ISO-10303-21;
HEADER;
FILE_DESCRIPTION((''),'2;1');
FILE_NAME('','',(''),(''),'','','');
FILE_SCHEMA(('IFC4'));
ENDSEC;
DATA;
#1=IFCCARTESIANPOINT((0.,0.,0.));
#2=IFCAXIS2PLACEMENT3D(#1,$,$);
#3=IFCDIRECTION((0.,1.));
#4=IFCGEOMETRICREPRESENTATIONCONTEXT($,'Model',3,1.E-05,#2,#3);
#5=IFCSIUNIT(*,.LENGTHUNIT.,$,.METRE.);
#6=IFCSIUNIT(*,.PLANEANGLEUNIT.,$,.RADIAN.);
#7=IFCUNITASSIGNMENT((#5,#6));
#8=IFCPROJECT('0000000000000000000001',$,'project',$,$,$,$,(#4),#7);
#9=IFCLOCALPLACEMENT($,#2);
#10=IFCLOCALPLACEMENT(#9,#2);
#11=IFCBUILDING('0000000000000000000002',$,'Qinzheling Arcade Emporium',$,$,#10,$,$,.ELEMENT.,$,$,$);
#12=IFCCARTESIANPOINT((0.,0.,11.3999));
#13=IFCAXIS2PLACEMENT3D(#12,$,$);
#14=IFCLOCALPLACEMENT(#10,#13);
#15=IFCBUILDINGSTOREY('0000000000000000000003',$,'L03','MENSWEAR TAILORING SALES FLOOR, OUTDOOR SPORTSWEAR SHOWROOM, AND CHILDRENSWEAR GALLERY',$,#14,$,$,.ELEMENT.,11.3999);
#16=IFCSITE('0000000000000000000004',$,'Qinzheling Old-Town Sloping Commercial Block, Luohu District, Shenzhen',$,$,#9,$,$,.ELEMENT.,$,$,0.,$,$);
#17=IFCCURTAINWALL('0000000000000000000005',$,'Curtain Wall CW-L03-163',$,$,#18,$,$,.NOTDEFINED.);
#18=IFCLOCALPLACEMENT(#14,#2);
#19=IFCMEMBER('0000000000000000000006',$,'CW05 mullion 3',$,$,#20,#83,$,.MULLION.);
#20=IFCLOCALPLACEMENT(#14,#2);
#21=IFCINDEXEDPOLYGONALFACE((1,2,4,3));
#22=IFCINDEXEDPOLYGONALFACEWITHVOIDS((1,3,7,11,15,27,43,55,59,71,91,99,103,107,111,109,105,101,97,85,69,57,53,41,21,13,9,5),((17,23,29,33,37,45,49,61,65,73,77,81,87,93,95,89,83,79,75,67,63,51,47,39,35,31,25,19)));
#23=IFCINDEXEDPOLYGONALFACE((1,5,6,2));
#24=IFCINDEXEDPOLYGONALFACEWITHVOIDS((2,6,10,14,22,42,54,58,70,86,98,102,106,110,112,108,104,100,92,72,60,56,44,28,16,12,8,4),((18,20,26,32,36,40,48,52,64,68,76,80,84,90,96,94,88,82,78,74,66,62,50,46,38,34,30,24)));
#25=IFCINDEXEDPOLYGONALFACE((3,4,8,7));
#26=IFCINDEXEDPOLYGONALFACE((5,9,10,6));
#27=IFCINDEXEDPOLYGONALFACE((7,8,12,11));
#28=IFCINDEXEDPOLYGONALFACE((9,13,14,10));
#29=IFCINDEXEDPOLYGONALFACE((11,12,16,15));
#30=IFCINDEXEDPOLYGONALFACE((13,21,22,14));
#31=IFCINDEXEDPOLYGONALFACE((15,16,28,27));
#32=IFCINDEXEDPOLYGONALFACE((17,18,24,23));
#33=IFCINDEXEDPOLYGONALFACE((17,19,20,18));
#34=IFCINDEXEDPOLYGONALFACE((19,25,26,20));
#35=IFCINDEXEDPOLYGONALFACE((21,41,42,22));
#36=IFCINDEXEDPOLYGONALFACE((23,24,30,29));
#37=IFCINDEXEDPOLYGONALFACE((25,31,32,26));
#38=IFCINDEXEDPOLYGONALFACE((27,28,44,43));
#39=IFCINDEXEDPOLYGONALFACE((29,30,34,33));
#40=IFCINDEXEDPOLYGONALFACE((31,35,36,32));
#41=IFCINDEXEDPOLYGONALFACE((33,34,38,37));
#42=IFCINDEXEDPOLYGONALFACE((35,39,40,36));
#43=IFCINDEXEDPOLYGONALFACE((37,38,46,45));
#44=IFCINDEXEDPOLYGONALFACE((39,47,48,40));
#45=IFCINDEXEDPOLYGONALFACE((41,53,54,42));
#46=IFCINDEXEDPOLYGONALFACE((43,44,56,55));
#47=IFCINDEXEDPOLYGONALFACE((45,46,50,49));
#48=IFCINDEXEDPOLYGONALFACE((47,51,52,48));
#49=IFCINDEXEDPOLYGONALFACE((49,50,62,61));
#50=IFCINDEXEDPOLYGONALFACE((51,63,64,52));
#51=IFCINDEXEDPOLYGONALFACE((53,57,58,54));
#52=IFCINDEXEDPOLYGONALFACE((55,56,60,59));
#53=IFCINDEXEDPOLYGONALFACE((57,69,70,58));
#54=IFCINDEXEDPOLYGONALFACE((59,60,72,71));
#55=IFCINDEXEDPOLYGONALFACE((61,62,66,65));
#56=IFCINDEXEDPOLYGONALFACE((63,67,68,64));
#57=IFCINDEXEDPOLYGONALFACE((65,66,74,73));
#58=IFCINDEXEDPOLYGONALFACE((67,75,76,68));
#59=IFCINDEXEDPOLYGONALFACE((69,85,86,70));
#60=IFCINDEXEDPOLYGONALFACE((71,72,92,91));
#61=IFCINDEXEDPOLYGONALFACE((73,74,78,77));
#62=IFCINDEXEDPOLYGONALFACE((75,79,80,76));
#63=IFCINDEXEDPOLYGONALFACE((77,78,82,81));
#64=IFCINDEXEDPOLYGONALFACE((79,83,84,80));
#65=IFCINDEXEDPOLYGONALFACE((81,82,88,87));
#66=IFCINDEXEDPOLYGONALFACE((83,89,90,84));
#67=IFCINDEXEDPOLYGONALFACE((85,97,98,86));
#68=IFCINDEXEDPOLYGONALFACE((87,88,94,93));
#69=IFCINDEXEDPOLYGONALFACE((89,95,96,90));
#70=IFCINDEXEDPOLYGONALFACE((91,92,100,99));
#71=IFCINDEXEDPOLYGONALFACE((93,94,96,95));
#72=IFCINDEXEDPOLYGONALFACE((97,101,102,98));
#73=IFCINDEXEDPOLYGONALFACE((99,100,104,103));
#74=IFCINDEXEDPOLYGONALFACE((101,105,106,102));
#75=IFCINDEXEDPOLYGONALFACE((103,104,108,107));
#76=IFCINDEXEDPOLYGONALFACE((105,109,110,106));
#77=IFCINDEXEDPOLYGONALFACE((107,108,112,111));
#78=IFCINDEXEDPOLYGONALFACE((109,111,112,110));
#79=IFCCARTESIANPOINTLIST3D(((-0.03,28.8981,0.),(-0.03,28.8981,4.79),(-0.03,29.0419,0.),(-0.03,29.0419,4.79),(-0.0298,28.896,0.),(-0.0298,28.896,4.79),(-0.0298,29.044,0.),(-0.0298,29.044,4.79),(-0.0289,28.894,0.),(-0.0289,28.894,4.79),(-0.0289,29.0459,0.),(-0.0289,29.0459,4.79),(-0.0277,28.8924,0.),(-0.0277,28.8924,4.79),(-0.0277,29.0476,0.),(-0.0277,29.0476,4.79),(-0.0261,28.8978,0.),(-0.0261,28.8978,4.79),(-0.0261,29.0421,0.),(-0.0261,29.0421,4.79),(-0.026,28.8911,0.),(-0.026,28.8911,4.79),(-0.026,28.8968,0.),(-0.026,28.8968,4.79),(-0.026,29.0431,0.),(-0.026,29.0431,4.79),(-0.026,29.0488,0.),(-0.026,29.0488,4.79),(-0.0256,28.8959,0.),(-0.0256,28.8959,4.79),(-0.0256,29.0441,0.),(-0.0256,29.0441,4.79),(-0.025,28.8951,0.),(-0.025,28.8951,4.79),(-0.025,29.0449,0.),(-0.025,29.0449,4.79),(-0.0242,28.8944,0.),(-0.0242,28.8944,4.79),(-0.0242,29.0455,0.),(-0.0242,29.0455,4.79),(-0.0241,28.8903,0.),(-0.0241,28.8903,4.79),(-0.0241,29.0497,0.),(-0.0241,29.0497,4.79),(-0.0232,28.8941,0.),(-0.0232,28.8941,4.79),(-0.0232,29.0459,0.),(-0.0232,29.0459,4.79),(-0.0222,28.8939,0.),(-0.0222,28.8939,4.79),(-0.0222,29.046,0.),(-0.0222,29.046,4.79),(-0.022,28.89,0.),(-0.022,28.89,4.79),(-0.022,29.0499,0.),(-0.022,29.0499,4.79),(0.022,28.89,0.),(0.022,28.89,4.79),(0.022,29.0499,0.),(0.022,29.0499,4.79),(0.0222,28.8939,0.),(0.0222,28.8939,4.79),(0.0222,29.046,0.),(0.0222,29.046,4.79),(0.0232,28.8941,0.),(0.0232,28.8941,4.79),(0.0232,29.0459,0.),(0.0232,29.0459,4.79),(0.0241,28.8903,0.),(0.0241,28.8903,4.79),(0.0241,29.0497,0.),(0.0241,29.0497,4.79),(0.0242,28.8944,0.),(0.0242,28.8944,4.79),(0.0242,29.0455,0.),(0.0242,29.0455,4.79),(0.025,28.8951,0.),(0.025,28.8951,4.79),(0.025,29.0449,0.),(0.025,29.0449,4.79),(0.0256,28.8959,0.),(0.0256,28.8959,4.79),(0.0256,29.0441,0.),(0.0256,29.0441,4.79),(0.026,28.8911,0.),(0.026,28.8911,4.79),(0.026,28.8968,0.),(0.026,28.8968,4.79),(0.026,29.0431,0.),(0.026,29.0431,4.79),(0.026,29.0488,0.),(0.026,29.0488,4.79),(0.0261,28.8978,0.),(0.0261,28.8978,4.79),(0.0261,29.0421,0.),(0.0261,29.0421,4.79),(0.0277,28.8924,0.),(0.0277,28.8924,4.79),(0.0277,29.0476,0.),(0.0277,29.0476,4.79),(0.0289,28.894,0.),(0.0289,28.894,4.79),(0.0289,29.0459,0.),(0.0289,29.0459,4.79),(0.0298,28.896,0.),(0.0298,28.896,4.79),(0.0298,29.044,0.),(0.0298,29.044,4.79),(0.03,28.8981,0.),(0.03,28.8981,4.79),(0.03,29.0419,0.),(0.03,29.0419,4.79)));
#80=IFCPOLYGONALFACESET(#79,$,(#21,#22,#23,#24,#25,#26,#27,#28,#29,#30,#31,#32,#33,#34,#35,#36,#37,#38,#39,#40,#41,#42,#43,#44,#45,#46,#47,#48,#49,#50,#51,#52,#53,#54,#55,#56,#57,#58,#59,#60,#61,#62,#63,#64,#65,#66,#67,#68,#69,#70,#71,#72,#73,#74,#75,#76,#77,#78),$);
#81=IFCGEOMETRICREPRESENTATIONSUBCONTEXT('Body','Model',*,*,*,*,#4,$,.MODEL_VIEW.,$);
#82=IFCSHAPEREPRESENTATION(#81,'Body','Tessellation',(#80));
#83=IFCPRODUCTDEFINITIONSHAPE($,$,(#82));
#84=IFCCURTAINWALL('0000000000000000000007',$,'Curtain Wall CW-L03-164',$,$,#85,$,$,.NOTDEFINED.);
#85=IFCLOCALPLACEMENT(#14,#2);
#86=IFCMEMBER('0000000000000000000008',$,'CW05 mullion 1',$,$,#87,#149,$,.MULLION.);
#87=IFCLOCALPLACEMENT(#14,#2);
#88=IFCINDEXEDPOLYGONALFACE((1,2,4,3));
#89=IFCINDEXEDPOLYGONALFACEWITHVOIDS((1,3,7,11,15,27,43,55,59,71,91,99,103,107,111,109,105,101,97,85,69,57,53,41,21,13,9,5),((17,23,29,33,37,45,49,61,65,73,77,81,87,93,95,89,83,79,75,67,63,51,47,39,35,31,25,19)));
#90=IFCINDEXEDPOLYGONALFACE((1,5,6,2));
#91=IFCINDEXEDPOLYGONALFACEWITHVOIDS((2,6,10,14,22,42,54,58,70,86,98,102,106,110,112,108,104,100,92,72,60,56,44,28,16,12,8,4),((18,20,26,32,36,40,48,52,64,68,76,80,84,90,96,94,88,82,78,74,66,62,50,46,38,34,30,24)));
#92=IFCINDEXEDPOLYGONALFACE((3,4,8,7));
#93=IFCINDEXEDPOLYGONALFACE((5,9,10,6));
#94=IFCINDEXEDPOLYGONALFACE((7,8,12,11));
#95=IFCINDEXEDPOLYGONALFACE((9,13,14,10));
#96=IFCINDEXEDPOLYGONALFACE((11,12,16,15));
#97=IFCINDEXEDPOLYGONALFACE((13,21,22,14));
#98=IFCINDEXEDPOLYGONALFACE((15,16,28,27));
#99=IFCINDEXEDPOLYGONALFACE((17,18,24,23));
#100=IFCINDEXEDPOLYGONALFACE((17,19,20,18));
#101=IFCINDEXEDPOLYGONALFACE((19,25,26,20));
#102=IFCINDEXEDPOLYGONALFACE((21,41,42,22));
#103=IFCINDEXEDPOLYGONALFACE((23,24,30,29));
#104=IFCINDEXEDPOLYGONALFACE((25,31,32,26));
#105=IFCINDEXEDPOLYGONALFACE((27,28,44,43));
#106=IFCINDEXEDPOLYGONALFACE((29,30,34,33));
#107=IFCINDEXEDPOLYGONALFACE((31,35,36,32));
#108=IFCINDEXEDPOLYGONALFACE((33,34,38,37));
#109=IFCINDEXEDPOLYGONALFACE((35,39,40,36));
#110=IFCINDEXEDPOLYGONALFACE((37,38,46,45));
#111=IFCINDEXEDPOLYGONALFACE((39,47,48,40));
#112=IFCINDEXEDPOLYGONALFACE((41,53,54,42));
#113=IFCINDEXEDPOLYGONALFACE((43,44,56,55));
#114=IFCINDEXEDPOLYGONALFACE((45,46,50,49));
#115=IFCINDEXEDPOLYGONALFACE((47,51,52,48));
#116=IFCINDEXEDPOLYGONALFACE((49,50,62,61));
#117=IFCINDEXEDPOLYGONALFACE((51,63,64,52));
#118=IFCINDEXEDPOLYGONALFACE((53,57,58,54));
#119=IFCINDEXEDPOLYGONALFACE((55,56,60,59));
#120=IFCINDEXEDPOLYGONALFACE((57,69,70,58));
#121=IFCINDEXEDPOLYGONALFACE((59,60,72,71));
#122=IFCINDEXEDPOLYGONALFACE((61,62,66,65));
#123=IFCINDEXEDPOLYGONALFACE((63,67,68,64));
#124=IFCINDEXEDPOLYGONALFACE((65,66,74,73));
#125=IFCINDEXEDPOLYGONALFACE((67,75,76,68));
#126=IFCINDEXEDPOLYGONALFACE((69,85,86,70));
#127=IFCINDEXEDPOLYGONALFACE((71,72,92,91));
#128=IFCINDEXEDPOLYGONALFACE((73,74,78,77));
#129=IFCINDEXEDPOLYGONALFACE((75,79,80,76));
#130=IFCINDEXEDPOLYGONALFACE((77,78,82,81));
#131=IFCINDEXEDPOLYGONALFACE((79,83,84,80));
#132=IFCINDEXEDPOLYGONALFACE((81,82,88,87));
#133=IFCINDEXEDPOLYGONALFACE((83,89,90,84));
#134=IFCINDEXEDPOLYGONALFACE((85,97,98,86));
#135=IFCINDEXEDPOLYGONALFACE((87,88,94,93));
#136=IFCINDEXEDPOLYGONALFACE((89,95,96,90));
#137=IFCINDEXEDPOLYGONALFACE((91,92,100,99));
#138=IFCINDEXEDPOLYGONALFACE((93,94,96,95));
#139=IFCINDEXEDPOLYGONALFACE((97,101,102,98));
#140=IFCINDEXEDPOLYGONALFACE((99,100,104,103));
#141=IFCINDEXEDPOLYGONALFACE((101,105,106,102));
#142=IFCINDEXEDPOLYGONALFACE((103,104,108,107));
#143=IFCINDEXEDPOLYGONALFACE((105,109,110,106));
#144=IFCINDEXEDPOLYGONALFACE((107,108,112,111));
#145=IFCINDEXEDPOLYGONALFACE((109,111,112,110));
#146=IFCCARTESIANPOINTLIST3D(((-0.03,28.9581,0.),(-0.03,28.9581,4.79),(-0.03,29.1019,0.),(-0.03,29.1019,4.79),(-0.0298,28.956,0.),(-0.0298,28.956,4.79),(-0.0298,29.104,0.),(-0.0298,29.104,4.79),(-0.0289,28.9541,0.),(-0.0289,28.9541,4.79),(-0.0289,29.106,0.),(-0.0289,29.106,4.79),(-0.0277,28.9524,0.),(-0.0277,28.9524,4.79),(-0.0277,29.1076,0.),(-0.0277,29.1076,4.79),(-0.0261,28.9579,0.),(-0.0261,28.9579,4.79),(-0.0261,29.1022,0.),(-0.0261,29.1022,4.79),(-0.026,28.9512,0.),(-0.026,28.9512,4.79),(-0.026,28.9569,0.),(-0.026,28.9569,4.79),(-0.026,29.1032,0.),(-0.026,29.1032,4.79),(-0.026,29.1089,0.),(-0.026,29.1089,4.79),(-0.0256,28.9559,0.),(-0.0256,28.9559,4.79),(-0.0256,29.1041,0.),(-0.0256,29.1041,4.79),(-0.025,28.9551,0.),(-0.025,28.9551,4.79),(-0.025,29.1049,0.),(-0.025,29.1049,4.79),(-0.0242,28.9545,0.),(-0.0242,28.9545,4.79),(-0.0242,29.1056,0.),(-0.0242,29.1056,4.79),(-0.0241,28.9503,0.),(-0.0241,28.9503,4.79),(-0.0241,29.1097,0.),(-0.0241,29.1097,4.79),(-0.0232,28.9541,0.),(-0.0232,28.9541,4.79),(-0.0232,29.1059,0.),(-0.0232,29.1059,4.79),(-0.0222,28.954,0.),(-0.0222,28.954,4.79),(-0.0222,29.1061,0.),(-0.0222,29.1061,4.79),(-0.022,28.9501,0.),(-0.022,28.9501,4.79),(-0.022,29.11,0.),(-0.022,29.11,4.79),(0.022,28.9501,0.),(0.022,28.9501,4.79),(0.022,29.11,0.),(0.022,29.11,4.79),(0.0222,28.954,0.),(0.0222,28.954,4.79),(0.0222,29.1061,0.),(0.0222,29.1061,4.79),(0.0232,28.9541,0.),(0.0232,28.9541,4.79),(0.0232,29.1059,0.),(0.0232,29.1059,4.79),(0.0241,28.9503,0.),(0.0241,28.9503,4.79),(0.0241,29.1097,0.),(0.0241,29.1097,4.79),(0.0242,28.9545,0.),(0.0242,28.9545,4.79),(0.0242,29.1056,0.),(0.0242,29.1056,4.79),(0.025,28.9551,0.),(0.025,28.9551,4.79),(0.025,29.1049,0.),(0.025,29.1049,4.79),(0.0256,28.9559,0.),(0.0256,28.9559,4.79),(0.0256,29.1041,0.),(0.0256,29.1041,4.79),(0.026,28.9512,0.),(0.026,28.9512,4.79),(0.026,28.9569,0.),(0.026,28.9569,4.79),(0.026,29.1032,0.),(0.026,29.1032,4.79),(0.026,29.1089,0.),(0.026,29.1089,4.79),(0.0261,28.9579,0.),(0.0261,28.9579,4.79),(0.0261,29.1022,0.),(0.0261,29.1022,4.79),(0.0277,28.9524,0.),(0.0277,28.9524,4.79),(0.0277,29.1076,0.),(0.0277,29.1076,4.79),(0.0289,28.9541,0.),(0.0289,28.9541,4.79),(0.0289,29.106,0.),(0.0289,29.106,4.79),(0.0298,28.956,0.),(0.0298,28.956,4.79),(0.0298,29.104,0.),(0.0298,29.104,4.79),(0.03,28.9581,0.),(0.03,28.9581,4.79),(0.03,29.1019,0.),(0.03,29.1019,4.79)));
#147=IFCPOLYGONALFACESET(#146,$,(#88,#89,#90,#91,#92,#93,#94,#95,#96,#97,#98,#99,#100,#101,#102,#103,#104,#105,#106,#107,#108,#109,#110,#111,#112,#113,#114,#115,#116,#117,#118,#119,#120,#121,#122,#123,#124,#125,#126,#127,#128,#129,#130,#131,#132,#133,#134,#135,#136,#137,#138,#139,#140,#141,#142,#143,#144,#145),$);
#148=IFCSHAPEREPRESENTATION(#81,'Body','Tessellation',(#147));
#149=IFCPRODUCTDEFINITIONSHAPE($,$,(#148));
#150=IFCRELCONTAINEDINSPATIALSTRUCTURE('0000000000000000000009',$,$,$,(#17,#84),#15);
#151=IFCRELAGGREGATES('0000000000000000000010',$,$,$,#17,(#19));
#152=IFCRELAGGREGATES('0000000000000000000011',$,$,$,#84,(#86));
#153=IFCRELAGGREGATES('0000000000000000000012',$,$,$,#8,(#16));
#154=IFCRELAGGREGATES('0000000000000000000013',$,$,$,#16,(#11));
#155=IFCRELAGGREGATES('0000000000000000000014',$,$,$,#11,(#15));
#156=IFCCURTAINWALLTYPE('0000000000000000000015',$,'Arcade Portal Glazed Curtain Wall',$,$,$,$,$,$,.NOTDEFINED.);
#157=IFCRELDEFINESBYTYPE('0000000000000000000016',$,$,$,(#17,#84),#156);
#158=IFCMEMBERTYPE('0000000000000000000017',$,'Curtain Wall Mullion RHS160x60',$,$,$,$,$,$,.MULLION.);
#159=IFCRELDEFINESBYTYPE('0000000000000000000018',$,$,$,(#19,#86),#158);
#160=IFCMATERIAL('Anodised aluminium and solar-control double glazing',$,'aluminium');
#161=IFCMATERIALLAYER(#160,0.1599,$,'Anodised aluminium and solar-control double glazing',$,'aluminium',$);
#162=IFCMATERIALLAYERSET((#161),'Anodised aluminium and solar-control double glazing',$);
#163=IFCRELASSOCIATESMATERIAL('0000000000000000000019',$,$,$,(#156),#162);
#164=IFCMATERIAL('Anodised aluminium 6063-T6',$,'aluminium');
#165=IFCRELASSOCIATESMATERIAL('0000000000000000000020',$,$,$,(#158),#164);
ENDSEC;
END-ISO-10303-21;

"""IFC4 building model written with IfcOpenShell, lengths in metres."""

from ifc_helpers import new_model, si_unit, direction, frame, origin, origin_2d, place, context, subcontext, project, spatial, hollow_rectangle, extrude, material, layer, layer_set, material_profile, profile_set, type_object, element, aggregate, save


model = new_model("IFC4")

# Units and contexts
model_context = context("Model", 3, precision=1e-05, world=origin(), true_north=direction((0.0, 1.0)))
body_context = subcontext(model_context, "Body", "Model", "MODEL_VIEW")
ifc_project = project(units=[si_unit("LENGTHUNIT", "METRE"), si_unit("PLANEANGLEUNIT", "RADIAN")], contexts=[model_context])

# Site, building, storey
site_placement = place(None, origin())
site = spatial("IfcSite", under=ifc_project, at=site_placement, Name="Qinzheling Old-Town Sloping Commercial Block, Luohu District, Shenzhen", CompositionType="ELEMENT", RefElevation=0.0)
building_placement = place(site_placement, origin())
building = spatial("IfcBuilding", under=site, at=building_placement, Name="Qinzheling Arcade Emporium", CompositionType="ELEMENT")
storey_placement = place(building_placement, frame((0.0, 0.0, 11.3999)))
storey = spatial("IfcBuildingStorey", under=building, at=storey_placement, Name="L03", Description="MENSWEAR TAILORING SALES FLOOR, OUTDOOR SPORTSWEAR SHOWROOM, AND CHILDRENSWEAR GALLERY", CompositionType="ELEMENT", Elevation=11.3999)

# Curtain wall, member
ifc_material_1 = material(Name="Anodised aluminium and solar-control double glazing", Category="aluminium")
ifc_layer_1 = layer(ifc_material_1, 0.1599, Name="Anodised aluminium and solar-control double glazing", Category="aluminium")
ifc_layer_set_1 = layer_set([ifc_layer_1], Name="Anodised aluminium and solar-control double glazing")
curtain_wall_type = type_object("IfcCurtainWallType", Name="Arcade Portal Glazed Curtain Wall", PredefinedType="NOTDEFINED", material=ifc_layer_set_1)
curtain_wall_1_placement = place(storey_placement, origin())
curtain_wall_1 = element("IfcCurtainWall", 1, at=curtain_wall_1_placement, inside=storey, type_object=curtain_wall_type, Name="Curtain Wall CW-L03-163", PredefinedType="NOTDEFINED")
ifc_material_2 = material(Name="Anodised aluminium 6063-T6", Category="aluminium")
ifc_material_profile_1 = material_profile(ifc_material_2, hollow_rectangle(XDim=0.0601, YDim=0.1599, WallThickness=0.0039, InnerFilletRadius=0.0039, OuterFilletRadius=0.0081, at=origin_2d()), Name="RHS 160x60x4", Category="aluminium")
ifc_profile_set_1 = profile_set([ifc_material_profile_1], Name="Anodised aluminium 6063-T6")
member_type_1 = type_object("IfcMemberType", Name="Curtain Wall Mullion RHS160x60", PredefinedType="MULLION", material=ifc_profile_set_1)
member_1_placement = place(storey_placement, frame((0.0, 28.97, 0.0), z_axis=(0.0, 0.0, 1.0), x_axis=(-1.0, 0.0, 0.0)))
member_1 = element("IfcMember", 2, at=member_1_placement, type_object=member_type_1, Name="CW05 mullion 3", PredefinedType="MULLION", context=body_context, shape_type="SweptSolid", body=[
    extrude(hollow_rectangle(XDim=0.0601, YDim=0.1599, WallThickness=0.0039, InnerFilletRadius=0.0039, OuterFilletRadius=0.0081, at=origin_2d()), origin(), (0.0, 0.0, 1.0), 4.79),
])

# Curtain wall, member
curtain_wall_2_placement = place(storey_placement, origin())
curtain_wall_2 = element("IfcCurtainWall", 3, at=curtain_wall_2_placement, inside=storey, type_object=curtain_wall_type, Name="Curtain Wall CW-L03-164", PredefinedType="NOTDEFINED")
member_2_placement = place(storey_placement, frame((0.0, 29.03, 0.0), z_axis=(0.0, 0.0, 1.0), x_axis=(-1.0, 0.0, 0.0)))
member_2 = element("IfcMember", 4, at=member_2_placement, type_object=member_type_1, Name="CW05 mullion 1", PredefinedType="MULLION", context=body_context, shape_type="SweptSolid", body=[
    extrude(hollow_rectangle(XDim=0.0601, YDim=0.1599, WallThickness=0.0039, InnerFilletRadius=0.0039, OuterFilletRadius=0.0081, at=origin_2d()), origin(), (0.0, 0.0, 1.0), 4.79),
])

aggregate(curtain_wall_1, [member_1])
aggregate(curtain_wall_2, [member_2])

save(model, "model.ifc")
